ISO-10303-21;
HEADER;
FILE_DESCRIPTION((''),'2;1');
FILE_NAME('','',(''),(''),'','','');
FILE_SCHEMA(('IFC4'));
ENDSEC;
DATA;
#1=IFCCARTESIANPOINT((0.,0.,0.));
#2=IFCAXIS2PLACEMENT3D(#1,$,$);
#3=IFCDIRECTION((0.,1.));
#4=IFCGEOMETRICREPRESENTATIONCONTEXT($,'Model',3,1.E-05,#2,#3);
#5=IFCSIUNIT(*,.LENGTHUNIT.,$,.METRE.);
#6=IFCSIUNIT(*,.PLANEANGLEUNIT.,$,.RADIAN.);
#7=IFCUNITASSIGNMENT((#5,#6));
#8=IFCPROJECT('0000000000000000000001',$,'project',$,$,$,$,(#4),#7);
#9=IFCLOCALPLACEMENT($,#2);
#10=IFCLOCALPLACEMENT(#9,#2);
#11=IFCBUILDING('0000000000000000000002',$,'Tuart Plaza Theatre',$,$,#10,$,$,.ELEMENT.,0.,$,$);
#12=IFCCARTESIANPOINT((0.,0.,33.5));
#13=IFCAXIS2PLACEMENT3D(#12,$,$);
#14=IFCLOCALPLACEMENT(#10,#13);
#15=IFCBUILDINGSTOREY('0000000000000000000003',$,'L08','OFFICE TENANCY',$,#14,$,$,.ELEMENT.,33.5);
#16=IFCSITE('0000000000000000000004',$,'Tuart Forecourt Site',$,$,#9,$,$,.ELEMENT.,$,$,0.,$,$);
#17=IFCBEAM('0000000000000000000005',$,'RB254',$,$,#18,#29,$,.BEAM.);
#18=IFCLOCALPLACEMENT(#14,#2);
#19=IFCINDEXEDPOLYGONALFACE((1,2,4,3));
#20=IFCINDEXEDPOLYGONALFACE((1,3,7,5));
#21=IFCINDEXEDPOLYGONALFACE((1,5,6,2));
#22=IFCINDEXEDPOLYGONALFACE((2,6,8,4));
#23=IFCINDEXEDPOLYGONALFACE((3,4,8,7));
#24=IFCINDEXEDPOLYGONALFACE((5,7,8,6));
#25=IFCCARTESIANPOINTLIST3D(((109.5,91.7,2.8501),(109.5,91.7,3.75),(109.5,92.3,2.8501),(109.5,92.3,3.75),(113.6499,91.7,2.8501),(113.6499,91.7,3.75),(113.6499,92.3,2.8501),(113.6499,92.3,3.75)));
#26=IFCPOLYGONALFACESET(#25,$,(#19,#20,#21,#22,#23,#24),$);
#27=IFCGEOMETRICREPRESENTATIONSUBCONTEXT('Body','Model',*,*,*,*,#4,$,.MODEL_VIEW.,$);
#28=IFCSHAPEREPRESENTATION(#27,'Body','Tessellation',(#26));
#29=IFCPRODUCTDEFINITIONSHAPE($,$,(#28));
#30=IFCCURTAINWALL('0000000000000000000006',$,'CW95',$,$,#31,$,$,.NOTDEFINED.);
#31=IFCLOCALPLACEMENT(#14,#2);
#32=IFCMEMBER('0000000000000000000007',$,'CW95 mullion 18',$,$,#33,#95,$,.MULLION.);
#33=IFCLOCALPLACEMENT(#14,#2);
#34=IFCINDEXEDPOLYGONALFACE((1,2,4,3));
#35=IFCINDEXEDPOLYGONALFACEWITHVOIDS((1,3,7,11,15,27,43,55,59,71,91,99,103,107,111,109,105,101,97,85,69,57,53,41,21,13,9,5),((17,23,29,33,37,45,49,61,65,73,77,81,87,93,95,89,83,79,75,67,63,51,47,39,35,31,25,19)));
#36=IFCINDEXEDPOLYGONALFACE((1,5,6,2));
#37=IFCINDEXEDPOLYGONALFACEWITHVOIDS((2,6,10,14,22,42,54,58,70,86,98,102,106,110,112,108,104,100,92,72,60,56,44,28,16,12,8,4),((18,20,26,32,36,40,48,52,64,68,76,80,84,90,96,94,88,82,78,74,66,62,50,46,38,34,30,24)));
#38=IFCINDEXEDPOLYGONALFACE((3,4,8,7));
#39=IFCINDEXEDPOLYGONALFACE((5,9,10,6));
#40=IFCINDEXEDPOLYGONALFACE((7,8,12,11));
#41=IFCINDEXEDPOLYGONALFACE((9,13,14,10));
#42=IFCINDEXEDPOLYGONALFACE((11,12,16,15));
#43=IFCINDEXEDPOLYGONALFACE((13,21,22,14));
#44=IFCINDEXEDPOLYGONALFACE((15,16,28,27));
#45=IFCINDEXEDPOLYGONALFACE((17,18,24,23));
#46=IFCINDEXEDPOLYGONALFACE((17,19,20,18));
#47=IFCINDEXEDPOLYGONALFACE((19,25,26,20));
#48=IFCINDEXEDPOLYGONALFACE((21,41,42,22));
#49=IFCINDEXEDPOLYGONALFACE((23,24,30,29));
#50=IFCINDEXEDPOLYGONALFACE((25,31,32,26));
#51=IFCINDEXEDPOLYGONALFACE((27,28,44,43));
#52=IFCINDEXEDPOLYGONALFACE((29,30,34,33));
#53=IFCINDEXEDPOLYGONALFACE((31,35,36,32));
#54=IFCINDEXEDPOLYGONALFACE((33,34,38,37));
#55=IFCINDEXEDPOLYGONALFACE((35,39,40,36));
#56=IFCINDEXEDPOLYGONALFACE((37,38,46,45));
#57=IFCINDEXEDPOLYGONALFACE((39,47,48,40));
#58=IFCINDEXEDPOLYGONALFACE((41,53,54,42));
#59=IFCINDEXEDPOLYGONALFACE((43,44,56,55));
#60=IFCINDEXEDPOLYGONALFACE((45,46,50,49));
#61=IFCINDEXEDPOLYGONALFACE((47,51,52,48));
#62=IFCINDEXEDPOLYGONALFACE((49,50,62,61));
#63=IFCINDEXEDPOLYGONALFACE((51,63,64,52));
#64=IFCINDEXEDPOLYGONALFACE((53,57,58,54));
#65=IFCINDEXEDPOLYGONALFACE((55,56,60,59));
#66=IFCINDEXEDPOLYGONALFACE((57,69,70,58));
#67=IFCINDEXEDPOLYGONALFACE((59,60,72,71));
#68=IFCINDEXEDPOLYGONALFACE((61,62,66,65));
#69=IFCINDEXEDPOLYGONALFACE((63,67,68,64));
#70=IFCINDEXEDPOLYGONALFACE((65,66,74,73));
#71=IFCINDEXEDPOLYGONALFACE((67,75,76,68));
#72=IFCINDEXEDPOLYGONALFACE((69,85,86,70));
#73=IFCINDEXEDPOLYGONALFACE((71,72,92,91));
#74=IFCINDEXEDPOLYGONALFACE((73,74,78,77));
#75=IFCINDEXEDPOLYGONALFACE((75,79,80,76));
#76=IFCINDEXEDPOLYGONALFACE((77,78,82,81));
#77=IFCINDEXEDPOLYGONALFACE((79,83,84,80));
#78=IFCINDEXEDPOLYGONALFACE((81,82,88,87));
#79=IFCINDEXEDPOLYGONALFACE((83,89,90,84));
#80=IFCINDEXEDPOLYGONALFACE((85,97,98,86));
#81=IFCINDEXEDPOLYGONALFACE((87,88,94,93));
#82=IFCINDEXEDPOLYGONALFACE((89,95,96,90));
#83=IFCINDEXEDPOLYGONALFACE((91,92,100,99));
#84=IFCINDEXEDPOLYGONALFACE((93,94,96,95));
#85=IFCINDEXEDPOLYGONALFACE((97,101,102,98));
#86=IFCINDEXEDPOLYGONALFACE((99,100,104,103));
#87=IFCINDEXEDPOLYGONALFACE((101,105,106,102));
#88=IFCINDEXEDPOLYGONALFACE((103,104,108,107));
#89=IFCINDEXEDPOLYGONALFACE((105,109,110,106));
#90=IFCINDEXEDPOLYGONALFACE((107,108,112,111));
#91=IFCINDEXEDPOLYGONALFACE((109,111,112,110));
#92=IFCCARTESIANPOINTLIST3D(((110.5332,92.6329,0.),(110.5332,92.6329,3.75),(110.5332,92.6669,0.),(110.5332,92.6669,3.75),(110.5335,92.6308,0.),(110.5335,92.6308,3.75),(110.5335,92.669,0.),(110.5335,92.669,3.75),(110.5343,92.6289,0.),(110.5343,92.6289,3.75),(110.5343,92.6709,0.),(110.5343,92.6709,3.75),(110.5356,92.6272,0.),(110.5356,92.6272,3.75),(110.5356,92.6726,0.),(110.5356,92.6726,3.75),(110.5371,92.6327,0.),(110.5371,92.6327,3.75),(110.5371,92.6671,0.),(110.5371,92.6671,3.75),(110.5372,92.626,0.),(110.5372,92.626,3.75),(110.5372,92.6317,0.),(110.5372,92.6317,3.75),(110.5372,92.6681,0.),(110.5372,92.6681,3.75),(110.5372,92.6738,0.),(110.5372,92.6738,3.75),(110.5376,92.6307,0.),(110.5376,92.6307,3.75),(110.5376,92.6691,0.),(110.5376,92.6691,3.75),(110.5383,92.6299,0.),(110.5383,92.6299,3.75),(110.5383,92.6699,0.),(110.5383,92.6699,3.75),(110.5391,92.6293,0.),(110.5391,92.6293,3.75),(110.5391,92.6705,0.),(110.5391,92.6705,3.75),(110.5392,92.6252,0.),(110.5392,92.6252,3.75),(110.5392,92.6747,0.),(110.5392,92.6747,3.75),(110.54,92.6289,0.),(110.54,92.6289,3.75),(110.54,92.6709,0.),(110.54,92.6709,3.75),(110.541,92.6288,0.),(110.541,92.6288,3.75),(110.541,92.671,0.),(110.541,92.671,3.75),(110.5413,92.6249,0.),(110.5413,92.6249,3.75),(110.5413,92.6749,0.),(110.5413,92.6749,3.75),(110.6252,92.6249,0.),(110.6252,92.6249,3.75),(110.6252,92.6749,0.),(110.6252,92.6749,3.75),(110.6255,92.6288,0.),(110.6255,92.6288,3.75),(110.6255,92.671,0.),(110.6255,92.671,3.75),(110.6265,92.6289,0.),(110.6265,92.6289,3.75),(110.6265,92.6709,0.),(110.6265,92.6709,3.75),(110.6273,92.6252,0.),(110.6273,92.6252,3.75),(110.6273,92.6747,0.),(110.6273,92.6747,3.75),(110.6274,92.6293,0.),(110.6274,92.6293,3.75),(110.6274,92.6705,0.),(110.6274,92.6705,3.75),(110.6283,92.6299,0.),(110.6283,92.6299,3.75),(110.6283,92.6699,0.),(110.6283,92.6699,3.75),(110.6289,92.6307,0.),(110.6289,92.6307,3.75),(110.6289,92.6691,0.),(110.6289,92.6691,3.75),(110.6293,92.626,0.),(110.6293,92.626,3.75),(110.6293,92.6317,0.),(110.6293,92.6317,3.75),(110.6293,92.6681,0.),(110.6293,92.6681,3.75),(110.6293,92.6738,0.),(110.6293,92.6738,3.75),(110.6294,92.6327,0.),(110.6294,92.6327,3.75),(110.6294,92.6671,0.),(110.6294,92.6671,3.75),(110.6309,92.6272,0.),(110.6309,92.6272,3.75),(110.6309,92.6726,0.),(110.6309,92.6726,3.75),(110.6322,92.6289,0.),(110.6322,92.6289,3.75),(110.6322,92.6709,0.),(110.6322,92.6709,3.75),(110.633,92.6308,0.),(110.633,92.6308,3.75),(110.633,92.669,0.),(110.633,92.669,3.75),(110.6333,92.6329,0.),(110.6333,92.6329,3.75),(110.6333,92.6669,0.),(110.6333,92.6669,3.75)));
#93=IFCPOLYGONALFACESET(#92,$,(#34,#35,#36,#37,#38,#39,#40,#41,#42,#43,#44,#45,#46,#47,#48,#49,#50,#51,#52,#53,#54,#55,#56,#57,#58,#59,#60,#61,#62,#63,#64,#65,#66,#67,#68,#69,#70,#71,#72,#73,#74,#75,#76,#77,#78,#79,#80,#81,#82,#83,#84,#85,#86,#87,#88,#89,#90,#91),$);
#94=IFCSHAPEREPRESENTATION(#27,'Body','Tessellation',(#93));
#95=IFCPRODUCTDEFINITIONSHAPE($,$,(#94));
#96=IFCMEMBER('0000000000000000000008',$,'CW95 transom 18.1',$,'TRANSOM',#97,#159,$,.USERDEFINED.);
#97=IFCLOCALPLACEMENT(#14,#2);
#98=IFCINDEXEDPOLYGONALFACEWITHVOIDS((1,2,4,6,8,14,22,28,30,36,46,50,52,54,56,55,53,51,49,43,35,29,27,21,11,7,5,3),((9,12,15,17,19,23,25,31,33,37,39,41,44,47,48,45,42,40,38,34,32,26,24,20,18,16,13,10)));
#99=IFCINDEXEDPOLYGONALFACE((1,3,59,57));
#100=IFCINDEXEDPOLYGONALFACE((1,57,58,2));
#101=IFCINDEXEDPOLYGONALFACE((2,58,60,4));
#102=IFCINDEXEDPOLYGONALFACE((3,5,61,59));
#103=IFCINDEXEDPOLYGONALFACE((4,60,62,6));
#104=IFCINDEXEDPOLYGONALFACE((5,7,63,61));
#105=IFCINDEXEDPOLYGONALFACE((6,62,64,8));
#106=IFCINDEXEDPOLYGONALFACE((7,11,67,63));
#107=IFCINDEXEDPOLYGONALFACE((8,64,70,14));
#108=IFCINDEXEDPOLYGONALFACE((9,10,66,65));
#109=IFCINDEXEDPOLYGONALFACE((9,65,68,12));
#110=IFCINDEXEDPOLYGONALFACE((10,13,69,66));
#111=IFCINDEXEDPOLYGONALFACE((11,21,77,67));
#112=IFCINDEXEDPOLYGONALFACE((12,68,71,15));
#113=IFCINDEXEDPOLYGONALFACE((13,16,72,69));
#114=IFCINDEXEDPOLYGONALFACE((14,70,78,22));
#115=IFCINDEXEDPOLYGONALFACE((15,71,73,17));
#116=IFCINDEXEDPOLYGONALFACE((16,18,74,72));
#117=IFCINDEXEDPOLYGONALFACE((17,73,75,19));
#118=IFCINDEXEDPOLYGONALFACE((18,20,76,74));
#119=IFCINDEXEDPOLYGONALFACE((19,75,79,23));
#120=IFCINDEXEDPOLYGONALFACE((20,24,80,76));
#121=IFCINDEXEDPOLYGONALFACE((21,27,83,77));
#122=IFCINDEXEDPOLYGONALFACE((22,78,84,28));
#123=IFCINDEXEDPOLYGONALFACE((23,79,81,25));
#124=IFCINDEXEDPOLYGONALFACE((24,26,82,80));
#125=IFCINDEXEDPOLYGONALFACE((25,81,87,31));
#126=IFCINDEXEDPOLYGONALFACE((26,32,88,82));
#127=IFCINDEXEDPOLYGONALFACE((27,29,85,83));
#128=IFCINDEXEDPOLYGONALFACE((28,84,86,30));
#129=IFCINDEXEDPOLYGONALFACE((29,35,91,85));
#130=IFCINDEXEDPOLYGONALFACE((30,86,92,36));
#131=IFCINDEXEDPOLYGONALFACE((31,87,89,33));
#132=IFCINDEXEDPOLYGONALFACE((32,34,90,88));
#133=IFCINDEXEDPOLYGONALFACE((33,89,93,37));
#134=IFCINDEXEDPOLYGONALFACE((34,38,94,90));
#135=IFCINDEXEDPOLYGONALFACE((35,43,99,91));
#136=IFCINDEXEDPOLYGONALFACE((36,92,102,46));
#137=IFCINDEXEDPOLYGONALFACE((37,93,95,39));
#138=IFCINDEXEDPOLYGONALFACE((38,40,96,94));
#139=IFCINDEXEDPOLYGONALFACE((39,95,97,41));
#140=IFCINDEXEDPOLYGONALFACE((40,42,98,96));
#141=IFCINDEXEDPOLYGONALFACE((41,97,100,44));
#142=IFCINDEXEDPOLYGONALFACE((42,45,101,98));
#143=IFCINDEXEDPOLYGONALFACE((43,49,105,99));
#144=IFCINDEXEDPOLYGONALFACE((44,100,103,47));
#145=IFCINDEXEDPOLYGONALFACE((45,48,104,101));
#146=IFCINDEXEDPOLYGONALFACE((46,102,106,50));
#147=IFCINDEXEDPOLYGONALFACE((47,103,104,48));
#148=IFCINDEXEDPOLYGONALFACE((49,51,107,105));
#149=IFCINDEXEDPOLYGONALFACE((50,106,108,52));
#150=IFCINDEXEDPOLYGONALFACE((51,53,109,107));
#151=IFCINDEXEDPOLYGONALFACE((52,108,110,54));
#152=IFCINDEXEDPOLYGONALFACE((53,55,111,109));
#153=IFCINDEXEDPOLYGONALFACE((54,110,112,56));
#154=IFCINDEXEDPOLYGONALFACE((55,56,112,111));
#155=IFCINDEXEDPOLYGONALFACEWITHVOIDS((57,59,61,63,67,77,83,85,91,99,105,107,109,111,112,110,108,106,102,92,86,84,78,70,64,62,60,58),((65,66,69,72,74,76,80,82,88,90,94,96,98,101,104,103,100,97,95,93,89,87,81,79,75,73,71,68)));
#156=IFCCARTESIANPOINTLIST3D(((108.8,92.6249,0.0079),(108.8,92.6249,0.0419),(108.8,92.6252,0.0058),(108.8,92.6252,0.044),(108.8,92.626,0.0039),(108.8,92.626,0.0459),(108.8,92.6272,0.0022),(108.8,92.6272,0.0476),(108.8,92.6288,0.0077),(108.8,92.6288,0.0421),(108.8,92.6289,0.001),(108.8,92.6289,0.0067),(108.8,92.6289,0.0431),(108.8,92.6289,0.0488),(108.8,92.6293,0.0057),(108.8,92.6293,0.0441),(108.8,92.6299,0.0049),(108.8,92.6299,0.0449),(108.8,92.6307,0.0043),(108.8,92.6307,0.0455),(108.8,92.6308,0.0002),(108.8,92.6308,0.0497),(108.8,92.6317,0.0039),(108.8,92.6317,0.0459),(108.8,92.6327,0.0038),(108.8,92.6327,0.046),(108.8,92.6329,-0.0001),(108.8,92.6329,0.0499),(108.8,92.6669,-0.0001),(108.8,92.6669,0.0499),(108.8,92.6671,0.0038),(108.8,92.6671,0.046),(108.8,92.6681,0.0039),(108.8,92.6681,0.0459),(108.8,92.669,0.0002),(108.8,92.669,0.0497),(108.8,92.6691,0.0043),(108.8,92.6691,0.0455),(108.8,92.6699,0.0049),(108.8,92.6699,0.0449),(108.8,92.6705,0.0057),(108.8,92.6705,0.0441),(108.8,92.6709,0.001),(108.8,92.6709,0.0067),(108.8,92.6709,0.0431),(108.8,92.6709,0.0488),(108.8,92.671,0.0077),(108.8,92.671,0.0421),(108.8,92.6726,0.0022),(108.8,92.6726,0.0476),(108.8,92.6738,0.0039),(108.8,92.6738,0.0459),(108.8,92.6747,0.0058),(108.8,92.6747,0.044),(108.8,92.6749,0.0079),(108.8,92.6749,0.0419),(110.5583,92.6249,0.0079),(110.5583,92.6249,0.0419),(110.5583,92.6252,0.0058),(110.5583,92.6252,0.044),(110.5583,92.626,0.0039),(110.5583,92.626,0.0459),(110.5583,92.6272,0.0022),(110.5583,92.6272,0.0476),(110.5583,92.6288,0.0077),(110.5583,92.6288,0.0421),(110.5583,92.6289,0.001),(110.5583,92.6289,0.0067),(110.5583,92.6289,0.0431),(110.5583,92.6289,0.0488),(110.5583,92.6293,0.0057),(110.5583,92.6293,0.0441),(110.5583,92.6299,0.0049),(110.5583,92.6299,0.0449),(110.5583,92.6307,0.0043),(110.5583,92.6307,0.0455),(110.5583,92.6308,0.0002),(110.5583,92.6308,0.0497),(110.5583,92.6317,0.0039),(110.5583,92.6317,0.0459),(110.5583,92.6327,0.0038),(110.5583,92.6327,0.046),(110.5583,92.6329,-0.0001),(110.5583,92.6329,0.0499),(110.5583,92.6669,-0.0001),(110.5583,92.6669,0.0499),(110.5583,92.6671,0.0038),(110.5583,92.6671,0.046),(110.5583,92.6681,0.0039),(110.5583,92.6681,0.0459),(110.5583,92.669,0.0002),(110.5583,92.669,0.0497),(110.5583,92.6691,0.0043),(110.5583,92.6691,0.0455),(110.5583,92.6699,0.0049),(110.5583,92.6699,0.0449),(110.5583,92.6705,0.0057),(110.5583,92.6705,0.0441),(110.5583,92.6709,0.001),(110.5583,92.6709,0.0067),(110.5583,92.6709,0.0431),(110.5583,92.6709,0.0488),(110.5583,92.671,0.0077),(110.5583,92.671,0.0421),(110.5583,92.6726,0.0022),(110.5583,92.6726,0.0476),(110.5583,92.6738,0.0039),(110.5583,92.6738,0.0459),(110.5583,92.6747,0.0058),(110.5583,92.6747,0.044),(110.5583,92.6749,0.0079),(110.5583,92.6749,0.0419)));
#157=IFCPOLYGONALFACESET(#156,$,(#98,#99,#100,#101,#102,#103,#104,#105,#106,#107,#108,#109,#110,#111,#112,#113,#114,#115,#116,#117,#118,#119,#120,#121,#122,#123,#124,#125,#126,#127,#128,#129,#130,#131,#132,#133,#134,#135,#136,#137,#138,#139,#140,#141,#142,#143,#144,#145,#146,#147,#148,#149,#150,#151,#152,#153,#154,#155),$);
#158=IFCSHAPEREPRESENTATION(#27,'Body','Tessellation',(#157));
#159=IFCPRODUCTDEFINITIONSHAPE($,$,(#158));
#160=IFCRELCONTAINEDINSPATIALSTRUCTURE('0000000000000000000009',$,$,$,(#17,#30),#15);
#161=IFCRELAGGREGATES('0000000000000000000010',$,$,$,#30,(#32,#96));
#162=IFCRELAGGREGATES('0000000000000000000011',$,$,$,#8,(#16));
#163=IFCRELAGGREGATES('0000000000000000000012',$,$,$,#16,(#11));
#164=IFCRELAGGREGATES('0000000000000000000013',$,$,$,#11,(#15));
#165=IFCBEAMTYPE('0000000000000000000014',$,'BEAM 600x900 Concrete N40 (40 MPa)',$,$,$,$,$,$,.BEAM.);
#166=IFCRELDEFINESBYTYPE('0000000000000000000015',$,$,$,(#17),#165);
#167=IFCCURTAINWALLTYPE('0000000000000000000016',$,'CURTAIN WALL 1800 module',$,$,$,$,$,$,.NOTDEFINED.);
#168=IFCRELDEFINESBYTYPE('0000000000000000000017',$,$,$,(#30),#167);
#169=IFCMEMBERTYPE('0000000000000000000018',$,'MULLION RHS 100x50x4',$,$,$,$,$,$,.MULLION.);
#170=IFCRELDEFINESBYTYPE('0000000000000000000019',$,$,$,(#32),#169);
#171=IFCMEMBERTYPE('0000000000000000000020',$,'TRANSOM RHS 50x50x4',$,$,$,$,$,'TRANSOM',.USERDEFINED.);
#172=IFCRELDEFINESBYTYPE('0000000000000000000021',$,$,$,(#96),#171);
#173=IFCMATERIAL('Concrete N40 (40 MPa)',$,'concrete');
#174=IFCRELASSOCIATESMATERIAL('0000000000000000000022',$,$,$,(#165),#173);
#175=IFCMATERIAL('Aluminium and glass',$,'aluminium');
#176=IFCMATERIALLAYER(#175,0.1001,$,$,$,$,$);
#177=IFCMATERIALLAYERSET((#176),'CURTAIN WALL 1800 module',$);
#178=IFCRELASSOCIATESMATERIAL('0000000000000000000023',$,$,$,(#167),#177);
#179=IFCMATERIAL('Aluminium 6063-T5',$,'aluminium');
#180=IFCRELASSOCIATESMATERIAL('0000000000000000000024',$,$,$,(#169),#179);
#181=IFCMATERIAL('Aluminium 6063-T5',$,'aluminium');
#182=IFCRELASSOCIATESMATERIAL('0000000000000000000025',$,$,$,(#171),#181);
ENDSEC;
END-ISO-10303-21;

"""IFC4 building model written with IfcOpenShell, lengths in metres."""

from ifc_helpers import new_model, si_unit, direction, frame, origin, origin_2d, place, context, subcontext, project, spatial, rectangle, hollow_rectangle, extrude, material, layer, layer_set, material_profile, profile_set, type_object, element, aggregate, save


model = new_model("IFC4")

# Units and contexts
model_context = context("Model", 3, precision=1e-05, world=origin(), true_north=direction((0.0, 1.0)))
body_context = subcontext(model_context, "Body", "Model", "MODEL_VIEW")
ifc_project = project(units=[si_unit("LENGTHUNIT", "METRE"), si_unit("PLANEANGLEUNIT", "RADIAN")], contexts=[model_context])

# Site, building, storey
site_placement = place(None, origin())
site = spatial("IfcSite", under=ifc_project, at=site_placement, Name="Tuart Forecourt Site", CompositionType="ELEMENT", RefElevation=0.0)
building_placement = place(site_placement, origin())
building = spatial("IfcBuilding", under=site, at=building_placement, Name="Tuart Plaza Theatre", CompositionType="ELEMENT", ElevationOfRefHeight=0.0)
storey_placement = place(building_placement, frame((0.0, 0.0, 33.5)))
storey = spatial("IfcBuildingStorey", under=building, at=storey_placement, Name="L08", Description="OFFICE TENANCY", CompositionType="ELEMENT", Elevation=33.5)

# Beam
ifc_material_1 = material(Name="Concrete N40 (40 MPa)", Category="concrete")
ifc_material_profile_1 = material_profile(ifc_material_1, rectangle(XDim=0.6001, YDim=0.8999, at=origin_2d()), Name="BEAM 600x900 Concrete N40 (40 MPa)")
ifc_profile_set_1 = profile_set([ifc_material_profile_1], Name="Concrete N40 (40 MPa)")
beam_type = type_object("IfcBeamType", Name="BEAM 600x900 Concrete N40 (40 MPa)", PredefinedType="BEAM", material=ifc_profile_set_1)
beam_placement = place(storey_placement, frame((109.5, 92.0, 3.3), z_axis=(1.0, 0.0, 0.0), x_axis=(0.0, 1.0, 0.0)))
element("IfcBeam", 1, at=beam_placement, inside=storey, type_object=beam_type, Name="RB254", PredefinedType="BEAM", context=body_context, shape_type="SweptSolid", body=[
    extrude(rectangle(XDim=0.6001, YDim=0.8999, at=origin_2d()), origin(), (0.0, 0.0, 1.0), 4.1499),
])

# Curtain wall, members
ifc_material_2 = material(Name="Aluminium and glass", Category="aluminium")
ifc_layer_1 = layer(ifc_material_2, 0.1001)
ifc_layer_set_1 = layer_set([ifc_layer_1], Name="CURTAIN WALL 1800 module")
curtain_wall_type_1 = type_object("IfcCurtainWallType", Name="CURTAIN WALL 1800 module", PredefinedType="NOTDEFINED", material=ifc_layer_set_1)
curtain_wall_1_placement = place(storey_placement, origin())
curtain_wall_1 = element("IfcCurtainWall", 2, at=curtain_wall_1_placement, inside=storey, type_object=curtain_wall_type_1, Name="CW95", PredefinedType="NOTDEFINED")
ifc_material_3 = material(Name="Aluminium 6063-T5", Category="aluminium")
ifc_material_profile_2 = material_profile(ifc_material_3, hollow_rectangle(XDim=0.05, YDim=0.1001, WallThickness=0.0039, InnerFilletRadius=0.0039, OuterFilletRadius=0.0081, at=origin_2d()), Name="RHS 100x50x4")
ifc_profile_set_2 = profile_set([ifc_material_profile_2], Name="Aluminium 6063-T5")
member_type_1 = type_object("IfcMemberType", Name="MULLION RHS 100x50x4", PredefinedType="MULLION", material=ifc_profile_set_2)
member_1_placement = place(storey_placement, frame((110.5833, 92.6499, 0.0), z_axis=(0.0, 0.0, 1.0), x_axis=(0.0, -1.0, 0.0)))
member_1 = element("IfcMember", 3, at=member_1_placement, type_object=member_type_1, Name="CW95 mullion 18", PredefinedType="MULLION", context=body_context, shape_type="SweptSolid", body=[
    extrude(hollow_rectangle(XDim=0.05, YDim=0.1001, WallThickness=0.0039, InnerFilletRadius=0.0039, OuterFilletRadius=0.0081, at=origin_2d()), origin(), (0.0, 0.0, 1.0), 3.75),
])
ifc_material_4 = material(Name="Aluminium 6063-T5", Category="aluminium")
ifc_material_profile_3 = material_profile(ifc_material_4, hollow_rectangle(XDim=0.05, YDim=0.05, WallThickness=0.0039, InnerFilletRadius=0.0039, OuterFilletRadius=0.0081, at=origin_2d()), Name="RHS 50x50x4")
ifc_profile_set_3 = profile_set([ifc_material_profile_3], Name="Aluminium 6063-T5")
member_type_2 = type_object("IfcMemberType", Name="TRANSOM RHS 50x50x4", ElementType="TRANSOM", PredefinedType="USERDEFINED", material=ifc_profile_set_3)
member_2_placement = place(storey_placement, frame((110.5583, 92.6499, 0.0249), z_axis=(-1.0, 0.0, 0.0), x_axis=(0.0, -1.0, 0.0)))
member_2 = element("IfcMember", 4, at=member_2_placement, type_object=member_type_2, Name="CW95 transom 18.1", ObjectType="TRANSOM", PredefinedType="USERDEFINED", context=body_context, shape_type="SweptSolid", body=[
    extrude(hollow_rectangle(XDim=0.05, YDim=0.05, WallThickness=0.0039, InnerFilletRadius=0.0039, OuterFilletRadius=0.0081, at=origin_2d()), origin(), (0.0, 0.0, 1.0), 1.7583),
])

aggregate(curtain_wall_1, [member_1, member_2])

save(model, "model.ifc")
